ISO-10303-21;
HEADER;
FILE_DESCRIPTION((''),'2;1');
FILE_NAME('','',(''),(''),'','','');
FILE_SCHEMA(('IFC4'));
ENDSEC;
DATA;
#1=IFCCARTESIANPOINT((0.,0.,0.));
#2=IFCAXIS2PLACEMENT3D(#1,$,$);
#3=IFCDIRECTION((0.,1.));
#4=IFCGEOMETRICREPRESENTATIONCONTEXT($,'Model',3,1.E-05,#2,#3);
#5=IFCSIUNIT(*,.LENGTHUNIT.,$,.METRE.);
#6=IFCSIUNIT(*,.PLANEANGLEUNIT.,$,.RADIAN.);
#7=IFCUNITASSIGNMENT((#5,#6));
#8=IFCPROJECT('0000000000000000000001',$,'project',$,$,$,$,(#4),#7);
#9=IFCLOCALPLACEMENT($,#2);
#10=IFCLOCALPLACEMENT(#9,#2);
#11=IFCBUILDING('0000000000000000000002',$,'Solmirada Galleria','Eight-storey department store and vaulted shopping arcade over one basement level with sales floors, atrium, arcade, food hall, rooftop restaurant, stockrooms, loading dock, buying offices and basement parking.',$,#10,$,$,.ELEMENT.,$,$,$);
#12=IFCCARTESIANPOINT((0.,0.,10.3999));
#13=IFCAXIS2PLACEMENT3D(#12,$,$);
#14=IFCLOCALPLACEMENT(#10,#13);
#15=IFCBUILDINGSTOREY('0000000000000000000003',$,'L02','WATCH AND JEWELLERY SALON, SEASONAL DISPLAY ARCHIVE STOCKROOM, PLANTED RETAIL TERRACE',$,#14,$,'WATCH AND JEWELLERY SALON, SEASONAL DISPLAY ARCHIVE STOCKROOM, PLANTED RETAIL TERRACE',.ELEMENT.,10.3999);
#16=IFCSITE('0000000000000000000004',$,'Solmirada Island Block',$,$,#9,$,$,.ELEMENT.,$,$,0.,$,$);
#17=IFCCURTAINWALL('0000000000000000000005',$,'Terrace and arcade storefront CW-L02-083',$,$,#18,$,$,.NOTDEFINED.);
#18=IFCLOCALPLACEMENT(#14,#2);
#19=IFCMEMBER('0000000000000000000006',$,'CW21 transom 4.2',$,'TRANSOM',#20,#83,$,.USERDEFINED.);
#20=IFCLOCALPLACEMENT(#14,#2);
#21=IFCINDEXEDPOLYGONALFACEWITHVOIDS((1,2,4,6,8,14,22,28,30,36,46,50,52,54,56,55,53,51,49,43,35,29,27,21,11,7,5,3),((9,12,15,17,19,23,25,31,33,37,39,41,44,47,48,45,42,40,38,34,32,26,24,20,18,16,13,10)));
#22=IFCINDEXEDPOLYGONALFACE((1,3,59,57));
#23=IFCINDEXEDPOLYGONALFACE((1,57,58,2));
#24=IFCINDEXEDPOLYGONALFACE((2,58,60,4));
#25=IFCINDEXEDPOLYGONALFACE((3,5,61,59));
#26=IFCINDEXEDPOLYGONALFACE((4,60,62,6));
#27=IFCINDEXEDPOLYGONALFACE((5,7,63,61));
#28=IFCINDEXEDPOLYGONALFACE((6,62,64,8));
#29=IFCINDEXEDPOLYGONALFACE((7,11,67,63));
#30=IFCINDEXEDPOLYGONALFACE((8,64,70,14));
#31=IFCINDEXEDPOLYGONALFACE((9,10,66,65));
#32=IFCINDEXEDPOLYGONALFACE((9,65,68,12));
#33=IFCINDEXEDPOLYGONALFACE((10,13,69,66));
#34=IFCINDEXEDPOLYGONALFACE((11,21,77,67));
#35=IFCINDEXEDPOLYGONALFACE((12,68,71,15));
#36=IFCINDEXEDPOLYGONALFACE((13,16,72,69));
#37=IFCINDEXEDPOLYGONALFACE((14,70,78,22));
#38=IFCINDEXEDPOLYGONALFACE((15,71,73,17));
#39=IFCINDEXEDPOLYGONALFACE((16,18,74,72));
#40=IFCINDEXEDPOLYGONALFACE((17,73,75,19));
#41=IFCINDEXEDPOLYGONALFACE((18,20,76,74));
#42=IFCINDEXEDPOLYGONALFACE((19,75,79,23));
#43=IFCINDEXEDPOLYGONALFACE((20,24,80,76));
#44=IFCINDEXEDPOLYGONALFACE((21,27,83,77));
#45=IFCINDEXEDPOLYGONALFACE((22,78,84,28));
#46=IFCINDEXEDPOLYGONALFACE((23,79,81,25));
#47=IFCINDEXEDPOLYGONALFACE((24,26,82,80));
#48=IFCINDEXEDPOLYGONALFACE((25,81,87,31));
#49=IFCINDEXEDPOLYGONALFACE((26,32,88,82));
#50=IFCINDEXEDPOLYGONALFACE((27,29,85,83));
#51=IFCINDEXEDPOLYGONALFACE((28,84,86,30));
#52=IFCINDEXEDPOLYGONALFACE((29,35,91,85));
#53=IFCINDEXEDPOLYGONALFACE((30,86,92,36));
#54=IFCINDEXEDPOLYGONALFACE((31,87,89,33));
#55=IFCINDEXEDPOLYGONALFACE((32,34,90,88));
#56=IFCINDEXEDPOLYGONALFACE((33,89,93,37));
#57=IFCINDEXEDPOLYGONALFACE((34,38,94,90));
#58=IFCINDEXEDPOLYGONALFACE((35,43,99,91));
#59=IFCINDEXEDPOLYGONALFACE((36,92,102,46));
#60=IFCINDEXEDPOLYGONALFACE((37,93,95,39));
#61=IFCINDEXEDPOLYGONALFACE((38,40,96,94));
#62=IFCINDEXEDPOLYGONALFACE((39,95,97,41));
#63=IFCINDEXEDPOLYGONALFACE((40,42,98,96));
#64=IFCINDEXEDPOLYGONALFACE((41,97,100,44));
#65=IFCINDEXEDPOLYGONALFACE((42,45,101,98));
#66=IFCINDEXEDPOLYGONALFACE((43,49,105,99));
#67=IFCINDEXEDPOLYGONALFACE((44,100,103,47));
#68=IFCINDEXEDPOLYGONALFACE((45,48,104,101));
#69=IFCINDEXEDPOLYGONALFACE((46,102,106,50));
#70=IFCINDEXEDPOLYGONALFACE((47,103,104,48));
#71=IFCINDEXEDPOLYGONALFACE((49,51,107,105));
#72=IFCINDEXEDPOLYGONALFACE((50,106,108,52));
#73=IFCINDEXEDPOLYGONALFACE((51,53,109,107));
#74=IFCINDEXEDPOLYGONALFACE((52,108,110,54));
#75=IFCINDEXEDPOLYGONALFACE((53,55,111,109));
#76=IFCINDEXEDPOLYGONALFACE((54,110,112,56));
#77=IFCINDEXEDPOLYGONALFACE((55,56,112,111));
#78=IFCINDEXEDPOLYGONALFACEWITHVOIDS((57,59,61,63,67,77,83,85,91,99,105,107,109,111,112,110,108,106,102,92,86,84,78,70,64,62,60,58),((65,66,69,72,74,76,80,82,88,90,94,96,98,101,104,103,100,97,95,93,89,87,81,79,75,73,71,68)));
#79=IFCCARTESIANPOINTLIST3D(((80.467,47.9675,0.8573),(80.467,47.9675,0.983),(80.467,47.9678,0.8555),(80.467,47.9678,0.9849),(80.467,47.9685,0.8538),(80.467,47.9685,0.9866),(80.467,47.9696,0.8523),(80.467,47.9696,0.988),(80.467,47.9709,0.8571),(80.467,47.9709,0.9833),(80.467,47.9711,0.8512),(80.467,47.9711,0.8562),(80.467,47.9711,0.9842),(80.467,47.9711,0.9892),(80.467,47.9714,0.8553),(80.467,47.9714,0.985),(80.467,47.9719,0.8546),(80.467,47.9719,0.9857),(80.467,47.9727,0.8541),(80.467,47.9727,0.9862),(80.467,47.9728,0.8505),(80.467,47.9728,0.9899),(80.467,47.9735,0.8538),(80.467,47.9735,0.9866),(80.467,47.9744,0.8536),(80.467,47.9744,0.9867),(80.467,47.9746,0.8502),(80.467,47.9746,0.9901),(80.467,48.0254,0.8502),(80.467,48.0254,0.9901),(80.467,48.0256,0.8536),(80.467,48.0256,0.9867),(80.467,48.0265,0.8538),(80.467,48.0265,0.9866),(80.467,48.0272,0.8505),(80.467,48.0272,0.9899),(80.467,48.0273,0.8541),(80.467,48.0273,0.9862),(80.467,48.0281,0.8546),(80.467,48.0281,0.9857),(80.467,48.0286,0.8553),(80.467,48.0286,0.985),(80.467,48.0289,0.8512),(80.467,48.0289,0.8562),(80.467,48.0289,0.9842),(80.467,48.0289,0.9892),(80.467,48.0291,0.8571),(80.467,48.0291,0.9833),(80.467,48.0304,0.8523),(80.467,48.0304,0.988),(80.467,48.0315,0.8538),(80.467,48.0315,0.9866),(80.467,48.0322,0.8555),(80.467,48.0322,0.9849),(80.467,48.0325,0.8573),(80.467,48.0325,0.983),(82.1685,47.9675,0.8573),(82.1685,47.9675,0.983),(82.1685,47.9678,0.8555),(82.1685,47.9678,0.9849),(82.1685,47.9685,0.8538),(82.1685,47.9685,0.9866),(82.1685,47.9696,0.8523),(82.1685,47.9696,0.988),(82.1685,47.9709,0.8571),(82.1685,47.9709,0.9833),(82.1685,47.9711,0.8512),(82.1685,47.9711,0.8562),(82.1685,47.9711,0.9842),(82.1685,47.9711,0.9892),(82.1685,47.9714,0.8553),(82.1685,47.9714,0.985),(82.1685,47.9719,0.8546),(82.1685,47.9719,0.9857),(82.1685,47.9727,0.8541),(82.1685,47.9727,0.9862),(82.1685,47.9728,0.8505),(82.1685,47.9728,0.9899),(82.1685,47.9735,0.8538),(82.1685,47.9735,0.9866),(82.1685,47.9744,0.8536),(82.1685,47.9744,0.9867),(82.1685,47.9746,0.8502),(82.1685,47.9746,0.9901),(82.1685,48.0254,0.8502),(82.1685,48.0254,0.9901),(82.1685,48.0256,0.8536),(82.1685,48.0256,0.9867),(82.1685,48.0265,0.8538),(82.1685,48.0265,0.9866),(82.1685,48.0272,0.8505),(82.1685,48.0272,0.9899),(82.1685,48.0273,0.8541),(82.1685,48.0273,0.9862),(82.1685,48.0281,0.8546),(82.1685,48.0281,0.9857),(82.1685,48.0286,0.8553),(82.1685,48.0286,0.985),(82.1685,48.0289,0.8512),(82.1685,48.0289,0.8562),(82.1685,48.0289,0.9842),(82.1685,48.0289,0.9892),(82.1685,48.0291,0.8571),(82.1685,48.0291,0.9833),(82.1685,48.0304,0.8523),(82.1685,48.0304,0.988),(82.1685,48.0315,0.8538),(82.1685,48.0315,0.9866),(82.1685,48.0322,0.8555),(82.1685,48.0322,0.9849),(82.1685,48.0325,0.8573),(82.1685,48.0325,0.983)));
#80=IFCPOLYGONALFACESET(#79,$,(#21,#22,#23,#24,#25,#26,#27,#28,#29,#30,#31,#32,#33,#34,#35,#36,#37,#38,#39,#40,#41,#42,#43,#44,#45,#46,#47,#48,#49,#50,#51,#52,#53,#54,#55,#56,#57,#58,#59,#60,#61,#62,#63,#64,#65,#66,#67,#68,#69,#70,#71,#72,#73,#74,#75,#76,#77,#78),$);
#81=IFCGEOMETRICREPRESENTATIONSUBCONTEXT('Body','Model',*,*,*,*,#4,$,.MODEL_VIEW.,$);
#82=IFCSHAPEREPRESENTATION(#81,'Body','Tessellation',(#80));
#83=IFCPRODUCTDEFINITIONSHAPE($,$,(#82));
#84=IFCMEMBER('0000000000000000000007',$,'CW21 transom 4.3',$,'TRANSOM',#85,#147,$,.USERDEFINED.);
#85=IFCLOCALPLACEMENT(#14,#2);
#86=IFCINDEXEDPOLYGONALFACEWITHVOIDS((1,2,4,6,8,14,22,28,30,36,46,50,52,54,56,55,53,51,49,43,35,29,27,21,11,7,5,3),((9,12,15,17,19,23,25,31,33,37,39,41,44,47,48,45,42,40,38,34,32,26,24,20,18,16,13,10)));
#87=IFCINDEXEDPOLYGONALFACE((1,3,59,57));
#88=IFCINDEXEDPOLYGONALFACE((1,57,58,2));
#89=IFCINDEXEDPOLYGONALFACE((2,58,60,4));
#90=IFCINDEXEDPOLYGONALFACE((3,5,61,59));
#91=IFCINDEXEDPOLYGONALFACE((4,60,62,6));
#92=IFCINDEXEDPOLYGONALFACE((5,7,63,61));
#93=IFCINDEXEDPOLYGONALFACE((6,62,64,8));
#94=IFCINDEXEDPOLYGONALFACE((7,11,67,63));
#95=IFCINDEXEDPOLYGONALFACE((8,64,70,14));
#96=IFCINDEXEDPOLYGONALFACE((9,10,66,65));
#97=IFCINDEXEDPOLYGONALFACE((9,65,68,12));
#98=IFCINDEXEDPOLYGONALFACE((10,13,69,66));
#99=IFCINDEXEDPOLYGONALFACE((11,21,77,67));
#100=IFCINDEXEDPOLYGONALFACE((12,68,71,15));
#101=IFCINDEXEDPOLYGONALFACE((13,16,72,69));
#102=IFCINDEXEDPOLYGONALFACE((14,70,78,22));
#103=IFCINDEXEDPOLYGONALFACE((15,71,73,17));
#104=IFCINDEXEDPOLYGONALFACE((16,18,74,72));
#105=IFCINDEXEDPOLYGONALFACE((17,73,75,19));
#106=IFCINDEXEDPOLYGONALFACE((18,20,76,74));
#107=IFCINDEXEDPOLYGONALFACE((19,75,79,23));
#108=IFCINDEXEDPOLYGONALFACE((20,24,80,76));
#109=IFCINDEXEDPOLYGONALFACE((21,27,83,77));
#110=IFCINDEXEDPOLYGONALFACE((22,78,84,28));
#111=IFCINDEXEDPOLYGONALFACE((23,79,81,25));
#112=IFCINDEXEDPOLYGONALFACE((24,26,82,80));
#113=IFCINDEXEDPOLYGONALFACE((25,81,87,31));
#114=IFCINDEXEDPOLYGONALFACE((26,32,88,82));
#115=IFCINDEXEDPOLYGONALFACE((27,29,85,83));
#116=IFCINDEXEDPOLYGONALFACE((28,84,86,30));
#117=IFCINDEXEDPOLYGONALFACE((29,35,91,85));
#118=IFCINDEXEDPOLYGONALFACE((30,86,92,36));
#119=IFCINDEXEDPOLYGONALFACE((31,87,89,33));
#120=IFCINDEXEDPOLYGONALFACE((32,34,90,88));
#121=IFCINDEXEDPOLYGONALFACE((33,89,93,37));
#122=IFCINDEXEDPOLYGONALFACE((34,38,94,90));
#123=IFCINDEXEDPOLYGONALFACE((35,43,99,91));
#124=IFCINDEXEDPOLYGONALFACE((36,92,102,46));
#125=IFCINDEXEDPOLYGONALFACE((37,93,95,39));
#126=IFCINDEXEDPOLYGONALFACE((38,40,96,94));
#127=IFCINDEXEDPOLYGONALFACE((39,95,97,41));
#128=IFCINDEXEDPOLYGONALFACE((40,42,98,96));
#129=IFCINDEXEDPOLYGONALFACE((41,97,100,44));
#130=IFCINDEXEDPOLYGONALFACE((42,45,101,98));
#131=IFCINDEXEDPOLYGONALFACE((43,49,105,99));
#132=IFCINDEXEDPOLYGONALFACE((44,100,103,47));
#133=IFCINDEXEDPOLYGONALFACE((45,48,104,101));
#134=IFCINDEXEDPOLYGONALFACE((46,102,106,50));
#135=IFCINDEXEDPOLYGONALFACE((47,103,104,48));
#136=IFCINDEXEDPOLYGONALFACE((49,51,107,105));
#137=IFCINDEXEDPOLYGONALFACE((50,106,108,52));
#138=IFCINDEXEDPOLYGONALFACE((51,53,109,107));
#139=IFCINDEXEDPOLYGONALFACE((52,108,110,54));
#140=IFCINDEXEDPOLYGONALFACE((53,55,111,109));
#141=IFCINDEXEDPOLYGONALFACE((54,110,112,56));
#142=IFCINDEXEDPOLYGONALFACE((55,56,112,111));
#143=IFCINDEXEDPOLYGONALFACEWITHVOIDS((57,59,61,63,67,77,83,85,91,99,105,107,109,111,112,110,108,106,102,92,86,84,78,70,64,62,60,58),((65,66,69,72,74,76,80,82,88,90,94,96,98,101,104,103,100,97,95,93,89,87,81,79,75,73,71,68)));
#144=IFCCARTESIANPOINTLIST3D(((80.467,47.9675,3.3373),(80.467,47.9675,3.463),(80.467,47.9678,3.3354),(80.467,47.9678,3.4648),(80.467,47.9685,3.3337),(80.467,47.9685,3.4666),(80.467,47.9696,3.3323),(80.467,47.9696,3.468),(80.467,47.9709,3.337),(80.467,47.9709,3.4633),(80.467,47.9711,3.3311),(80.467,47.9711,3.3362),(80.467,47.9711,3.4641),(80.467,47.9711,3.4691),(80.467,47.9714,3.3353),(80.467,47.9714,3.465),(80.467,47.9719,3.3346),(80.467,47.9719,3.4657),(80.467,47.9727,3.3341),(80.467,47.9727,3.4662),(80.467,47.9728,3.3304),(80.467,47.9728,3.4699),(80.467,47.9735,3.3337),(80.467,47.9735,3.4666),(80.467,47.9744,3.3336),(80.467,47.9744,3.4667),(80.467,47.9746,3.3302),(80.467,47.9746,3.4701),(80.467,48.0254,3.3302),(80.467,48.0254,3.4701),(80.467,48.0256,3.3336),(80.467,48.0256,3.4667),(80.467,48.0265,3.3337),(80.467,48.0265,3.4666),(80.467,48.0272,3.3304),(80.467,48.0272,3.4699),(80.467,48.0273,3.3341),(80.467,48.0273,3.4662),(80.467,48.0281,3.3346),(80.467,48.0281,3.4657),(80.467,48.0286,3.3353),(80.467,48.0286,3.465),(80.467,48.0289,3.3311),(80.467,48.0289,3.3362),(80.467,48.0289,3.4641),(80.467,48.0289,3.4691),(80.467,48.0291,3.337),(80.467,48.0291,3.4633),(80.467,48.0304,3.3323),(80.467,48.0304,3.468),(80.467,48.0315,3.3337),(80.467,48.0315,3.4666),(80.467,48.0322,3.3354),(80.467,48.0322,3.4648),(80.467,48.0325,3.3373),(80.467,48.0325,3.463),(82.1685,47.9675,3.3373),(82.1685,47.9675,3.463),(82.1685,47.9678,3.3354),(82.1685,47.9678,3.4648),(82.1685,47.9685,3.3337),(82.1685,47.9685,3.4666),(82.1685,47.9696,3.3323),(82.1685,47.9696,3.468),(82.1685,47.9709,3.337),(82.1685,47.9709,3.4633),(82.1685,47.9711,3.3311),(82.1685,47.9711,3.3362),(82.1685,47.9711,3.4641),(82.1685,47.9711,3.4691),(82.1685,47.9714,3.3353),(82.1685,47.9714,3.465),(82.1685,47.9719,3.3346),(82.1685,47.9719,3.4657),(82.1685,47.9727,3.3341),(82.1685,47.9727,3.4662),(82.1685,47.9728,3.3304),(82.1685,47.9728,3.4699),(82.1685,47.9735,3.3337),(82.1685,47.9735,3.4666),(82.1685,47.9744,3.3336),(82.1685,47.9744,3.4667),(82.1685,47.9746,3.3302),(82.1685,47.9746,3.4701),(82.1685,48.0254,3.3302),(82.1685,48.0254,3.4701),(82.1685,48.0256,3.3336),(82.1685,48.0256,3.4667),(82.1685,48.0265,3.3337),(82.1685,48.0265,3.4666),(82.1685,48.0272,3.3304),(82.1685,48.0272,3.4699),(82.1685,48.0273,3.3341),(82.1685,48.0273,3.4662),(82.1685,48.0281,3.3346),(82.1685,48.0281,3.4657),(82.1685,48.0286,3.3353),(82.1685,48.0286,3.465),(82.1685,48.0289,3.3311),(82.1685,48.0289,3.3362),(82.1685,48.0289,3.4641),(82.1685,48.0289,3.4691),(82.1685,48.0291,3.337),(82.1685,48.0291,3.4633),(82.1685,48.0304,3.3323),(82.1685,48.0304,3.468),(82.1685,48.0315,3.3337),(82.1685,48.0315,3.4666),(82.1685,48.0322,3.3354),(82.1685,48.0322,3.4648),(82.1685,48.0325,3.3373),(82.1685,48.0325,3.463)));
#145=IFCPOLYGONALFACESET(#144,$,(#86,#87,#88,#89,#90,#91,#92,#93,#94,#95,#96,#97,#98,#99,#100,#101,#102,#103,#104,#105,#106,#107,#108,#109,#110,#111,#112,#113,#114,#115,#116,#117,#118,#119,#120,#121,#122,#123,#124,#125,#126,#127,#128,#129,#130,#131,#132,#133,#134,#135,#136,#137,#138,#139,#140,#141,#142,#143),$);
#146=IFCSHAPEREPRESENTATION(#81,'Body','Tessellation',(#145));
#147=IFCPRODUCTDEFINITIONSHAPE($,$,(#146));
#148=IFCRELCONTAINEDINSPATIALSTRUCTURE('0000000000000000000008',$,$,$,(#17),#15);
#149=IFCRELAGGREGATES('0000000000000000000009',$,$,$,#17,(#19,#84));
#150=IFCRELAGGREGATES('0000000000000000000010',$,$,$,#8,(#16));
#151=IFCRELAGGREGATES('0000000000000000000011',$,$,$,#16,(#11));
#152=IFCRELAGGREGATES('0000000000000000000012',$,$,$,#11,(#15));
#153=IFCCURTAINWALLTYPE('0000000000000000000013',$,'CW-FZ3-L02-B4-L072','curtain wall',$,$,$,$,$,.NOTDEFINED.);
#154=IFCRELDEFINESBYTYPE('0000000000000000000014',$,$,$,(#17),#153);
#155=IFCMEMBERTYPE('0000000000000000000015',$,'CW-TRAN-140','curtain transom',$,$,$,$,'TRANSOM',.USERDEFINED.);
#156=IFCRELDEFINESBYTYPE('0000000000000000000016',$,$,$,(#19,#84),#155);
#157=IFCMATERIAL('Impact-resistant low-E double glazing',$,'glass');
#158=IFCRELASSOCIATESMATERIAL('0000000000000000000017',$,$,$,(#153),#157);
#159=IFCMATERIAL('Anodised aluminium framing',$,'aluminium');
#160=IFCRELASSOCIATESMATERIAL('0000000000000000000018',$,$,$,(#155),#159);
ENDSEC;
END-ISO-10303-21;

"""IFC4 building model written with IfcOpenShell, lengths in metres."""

from ifc_helpers import new_model, si_unit, direction, frame, origin, origin_2d, place, context, subcontext, project, spatial, hollow_rectangle, extrude, material, material_profile, profile_set, type_object, element, aggregate, save


model = new_model("IFC4")

# Units and contexts
model_context = context("Model", 3, precision=1e-05, world=origin(), true_north=direction((0.0, 1.0)))
body_context = subcontext(model_context, "Body", "Model", "MODEL_VIEW")
ifc_project = project(units=[si_unit("LENGTHUNIT", "METRE"), si_unit("PLANEANGLEUNIT", "RADIAN")], contexts=[model_context])

# Site, building, storey
site_placement = place(None, origin())
site = spatial("IfcSite", under=ifc_project, at=site_placement, Name="Solmirada Island Block", CompositionType="ELEMENT", RefElevation=0.0)
building_placement = place(site_placement, origin())
building = spatial("IfcBuilding", under=site, at=building_placement, Name="Solmirada Galleria", Description="Eight-storey department store and vaulted shopping arcade over one basement level with sales floors, atrium, arcade, food hall, rooftop restaurant, stockrooms, loading dock, buying offices and basement parking.", CompositionType="ELEMENT")
storey_placement = place(building_placement, frame((0.0, 0.0, 10.3999)))
storey = spatial("IfcBuildingStorey", under=building, at=storey_placement, Name="L02", Description="WATCH AND JEWELLERY SALON, SEASONAL DISPLAY ARCHIVE STOCKROOM, PLANTED RETAIL TERRACE", LongName="WATCH AND JEWELLERY SALON, SEASONAL DISPLAY ARCHIVE STOCKROOM, PLANTED RETAIL TERRACE", CompositionType="ELEMENT", Elevation=10.3999)

# Curtain wall, members
ifc_material_1 = material(Name="Impact-resistant low-E double glazing", Category="glass")
curtain_wall_type = type_object("IfcCurtainWallType", Name="CW-FZ3-L02-B4-L072", Description="curtain wall", PredefinedType="NOTDEFINED", material=ifc_material_1)
curtain_wall_placement = place(storey_placement, origin())
curtain_wall = element("IfcCurtainWall", 1, at=curtain_wall_placement, inside=storey, type_object=curtain_wall_type, Name="Terrace and arcade storefront CW-L02-083", PredefinedType="NOTDEFINED")
ifc_material_2 = material(Name="Anodised aluminium framing", Category="aluminium")
ifc_material_profile_1 = material_profile(ifc_material_2, hollow_rectangle(XDim=0.0649, YDim=0.1399, WallThickness=0.0034, InnerFilletRadius=0.0034, OuterFilletRadius=0.0071, at=origin_2d()), Name="ALU-TRAN-140X65")
ifc_profile_set_1 = profile_set([ifc_material_profile_1], Name="Anodised aluminium framing")
member_type_1 = type_object("IfcMemberType", Name="CW-TRAN-140", Description="curtain transom", ElementType="TRANSOM", PredefinedType="USERDEFINED", material=ifc_profile_set_1)
member_1_placement = place(storey_placement, frame((82.1685, 48.0, 0.9202), z_axis=(-1.0, 0.0, 0.0), x_axis=(0.0, -1.0, 0.0)))
member_1 = element("IfcMember", 2, at=member_1_placement, type_object=member_type_1, Name="CW21 transom 4.2", ObjectType="TRANSOM", PredefinedType="USERDEFINED", context=body_context, shape_type="SweptSolid", body=[
    extrude(hollow_rectangle(XDim=0.0649, YDim=0.1399, WallThickness=0.0034, InnerFilletRadius=0.0034, OuterFilletRadius=0.0071, at=origin_2d()), origin(), (0.0, 0.0, 1.0), 1.7014),
])
member_2_placement = place(storey_placement, frame((82.1685, 48.0, 3.4001), z_axis=(-1.0, 0.0, 0.0), x_axis=(0.0, -1.0, 0.0)))
member_2 = element("IfcMember", 3, at=member_2_placement, type_object=member_type_1, Name="CW21 transom 4.3", ObjectType="TRANSOM", PredefinedType="USERDEFINED", context=body_context, shape_type="SweptSolid", body=[
    extrude(hollow_rectangle(XDim=0.0649, YDim=0.1399, WallThickness=0.0034, InnerFilletRadius=0.0034, OuterFilletRadius=0.0071, at=origin_2d()), origin(), (0.0, 0.0, 1.0), 1.7014),
])
aggregate(curtain_wall, [member_1, member_2])

save(model, "model.ifc")
